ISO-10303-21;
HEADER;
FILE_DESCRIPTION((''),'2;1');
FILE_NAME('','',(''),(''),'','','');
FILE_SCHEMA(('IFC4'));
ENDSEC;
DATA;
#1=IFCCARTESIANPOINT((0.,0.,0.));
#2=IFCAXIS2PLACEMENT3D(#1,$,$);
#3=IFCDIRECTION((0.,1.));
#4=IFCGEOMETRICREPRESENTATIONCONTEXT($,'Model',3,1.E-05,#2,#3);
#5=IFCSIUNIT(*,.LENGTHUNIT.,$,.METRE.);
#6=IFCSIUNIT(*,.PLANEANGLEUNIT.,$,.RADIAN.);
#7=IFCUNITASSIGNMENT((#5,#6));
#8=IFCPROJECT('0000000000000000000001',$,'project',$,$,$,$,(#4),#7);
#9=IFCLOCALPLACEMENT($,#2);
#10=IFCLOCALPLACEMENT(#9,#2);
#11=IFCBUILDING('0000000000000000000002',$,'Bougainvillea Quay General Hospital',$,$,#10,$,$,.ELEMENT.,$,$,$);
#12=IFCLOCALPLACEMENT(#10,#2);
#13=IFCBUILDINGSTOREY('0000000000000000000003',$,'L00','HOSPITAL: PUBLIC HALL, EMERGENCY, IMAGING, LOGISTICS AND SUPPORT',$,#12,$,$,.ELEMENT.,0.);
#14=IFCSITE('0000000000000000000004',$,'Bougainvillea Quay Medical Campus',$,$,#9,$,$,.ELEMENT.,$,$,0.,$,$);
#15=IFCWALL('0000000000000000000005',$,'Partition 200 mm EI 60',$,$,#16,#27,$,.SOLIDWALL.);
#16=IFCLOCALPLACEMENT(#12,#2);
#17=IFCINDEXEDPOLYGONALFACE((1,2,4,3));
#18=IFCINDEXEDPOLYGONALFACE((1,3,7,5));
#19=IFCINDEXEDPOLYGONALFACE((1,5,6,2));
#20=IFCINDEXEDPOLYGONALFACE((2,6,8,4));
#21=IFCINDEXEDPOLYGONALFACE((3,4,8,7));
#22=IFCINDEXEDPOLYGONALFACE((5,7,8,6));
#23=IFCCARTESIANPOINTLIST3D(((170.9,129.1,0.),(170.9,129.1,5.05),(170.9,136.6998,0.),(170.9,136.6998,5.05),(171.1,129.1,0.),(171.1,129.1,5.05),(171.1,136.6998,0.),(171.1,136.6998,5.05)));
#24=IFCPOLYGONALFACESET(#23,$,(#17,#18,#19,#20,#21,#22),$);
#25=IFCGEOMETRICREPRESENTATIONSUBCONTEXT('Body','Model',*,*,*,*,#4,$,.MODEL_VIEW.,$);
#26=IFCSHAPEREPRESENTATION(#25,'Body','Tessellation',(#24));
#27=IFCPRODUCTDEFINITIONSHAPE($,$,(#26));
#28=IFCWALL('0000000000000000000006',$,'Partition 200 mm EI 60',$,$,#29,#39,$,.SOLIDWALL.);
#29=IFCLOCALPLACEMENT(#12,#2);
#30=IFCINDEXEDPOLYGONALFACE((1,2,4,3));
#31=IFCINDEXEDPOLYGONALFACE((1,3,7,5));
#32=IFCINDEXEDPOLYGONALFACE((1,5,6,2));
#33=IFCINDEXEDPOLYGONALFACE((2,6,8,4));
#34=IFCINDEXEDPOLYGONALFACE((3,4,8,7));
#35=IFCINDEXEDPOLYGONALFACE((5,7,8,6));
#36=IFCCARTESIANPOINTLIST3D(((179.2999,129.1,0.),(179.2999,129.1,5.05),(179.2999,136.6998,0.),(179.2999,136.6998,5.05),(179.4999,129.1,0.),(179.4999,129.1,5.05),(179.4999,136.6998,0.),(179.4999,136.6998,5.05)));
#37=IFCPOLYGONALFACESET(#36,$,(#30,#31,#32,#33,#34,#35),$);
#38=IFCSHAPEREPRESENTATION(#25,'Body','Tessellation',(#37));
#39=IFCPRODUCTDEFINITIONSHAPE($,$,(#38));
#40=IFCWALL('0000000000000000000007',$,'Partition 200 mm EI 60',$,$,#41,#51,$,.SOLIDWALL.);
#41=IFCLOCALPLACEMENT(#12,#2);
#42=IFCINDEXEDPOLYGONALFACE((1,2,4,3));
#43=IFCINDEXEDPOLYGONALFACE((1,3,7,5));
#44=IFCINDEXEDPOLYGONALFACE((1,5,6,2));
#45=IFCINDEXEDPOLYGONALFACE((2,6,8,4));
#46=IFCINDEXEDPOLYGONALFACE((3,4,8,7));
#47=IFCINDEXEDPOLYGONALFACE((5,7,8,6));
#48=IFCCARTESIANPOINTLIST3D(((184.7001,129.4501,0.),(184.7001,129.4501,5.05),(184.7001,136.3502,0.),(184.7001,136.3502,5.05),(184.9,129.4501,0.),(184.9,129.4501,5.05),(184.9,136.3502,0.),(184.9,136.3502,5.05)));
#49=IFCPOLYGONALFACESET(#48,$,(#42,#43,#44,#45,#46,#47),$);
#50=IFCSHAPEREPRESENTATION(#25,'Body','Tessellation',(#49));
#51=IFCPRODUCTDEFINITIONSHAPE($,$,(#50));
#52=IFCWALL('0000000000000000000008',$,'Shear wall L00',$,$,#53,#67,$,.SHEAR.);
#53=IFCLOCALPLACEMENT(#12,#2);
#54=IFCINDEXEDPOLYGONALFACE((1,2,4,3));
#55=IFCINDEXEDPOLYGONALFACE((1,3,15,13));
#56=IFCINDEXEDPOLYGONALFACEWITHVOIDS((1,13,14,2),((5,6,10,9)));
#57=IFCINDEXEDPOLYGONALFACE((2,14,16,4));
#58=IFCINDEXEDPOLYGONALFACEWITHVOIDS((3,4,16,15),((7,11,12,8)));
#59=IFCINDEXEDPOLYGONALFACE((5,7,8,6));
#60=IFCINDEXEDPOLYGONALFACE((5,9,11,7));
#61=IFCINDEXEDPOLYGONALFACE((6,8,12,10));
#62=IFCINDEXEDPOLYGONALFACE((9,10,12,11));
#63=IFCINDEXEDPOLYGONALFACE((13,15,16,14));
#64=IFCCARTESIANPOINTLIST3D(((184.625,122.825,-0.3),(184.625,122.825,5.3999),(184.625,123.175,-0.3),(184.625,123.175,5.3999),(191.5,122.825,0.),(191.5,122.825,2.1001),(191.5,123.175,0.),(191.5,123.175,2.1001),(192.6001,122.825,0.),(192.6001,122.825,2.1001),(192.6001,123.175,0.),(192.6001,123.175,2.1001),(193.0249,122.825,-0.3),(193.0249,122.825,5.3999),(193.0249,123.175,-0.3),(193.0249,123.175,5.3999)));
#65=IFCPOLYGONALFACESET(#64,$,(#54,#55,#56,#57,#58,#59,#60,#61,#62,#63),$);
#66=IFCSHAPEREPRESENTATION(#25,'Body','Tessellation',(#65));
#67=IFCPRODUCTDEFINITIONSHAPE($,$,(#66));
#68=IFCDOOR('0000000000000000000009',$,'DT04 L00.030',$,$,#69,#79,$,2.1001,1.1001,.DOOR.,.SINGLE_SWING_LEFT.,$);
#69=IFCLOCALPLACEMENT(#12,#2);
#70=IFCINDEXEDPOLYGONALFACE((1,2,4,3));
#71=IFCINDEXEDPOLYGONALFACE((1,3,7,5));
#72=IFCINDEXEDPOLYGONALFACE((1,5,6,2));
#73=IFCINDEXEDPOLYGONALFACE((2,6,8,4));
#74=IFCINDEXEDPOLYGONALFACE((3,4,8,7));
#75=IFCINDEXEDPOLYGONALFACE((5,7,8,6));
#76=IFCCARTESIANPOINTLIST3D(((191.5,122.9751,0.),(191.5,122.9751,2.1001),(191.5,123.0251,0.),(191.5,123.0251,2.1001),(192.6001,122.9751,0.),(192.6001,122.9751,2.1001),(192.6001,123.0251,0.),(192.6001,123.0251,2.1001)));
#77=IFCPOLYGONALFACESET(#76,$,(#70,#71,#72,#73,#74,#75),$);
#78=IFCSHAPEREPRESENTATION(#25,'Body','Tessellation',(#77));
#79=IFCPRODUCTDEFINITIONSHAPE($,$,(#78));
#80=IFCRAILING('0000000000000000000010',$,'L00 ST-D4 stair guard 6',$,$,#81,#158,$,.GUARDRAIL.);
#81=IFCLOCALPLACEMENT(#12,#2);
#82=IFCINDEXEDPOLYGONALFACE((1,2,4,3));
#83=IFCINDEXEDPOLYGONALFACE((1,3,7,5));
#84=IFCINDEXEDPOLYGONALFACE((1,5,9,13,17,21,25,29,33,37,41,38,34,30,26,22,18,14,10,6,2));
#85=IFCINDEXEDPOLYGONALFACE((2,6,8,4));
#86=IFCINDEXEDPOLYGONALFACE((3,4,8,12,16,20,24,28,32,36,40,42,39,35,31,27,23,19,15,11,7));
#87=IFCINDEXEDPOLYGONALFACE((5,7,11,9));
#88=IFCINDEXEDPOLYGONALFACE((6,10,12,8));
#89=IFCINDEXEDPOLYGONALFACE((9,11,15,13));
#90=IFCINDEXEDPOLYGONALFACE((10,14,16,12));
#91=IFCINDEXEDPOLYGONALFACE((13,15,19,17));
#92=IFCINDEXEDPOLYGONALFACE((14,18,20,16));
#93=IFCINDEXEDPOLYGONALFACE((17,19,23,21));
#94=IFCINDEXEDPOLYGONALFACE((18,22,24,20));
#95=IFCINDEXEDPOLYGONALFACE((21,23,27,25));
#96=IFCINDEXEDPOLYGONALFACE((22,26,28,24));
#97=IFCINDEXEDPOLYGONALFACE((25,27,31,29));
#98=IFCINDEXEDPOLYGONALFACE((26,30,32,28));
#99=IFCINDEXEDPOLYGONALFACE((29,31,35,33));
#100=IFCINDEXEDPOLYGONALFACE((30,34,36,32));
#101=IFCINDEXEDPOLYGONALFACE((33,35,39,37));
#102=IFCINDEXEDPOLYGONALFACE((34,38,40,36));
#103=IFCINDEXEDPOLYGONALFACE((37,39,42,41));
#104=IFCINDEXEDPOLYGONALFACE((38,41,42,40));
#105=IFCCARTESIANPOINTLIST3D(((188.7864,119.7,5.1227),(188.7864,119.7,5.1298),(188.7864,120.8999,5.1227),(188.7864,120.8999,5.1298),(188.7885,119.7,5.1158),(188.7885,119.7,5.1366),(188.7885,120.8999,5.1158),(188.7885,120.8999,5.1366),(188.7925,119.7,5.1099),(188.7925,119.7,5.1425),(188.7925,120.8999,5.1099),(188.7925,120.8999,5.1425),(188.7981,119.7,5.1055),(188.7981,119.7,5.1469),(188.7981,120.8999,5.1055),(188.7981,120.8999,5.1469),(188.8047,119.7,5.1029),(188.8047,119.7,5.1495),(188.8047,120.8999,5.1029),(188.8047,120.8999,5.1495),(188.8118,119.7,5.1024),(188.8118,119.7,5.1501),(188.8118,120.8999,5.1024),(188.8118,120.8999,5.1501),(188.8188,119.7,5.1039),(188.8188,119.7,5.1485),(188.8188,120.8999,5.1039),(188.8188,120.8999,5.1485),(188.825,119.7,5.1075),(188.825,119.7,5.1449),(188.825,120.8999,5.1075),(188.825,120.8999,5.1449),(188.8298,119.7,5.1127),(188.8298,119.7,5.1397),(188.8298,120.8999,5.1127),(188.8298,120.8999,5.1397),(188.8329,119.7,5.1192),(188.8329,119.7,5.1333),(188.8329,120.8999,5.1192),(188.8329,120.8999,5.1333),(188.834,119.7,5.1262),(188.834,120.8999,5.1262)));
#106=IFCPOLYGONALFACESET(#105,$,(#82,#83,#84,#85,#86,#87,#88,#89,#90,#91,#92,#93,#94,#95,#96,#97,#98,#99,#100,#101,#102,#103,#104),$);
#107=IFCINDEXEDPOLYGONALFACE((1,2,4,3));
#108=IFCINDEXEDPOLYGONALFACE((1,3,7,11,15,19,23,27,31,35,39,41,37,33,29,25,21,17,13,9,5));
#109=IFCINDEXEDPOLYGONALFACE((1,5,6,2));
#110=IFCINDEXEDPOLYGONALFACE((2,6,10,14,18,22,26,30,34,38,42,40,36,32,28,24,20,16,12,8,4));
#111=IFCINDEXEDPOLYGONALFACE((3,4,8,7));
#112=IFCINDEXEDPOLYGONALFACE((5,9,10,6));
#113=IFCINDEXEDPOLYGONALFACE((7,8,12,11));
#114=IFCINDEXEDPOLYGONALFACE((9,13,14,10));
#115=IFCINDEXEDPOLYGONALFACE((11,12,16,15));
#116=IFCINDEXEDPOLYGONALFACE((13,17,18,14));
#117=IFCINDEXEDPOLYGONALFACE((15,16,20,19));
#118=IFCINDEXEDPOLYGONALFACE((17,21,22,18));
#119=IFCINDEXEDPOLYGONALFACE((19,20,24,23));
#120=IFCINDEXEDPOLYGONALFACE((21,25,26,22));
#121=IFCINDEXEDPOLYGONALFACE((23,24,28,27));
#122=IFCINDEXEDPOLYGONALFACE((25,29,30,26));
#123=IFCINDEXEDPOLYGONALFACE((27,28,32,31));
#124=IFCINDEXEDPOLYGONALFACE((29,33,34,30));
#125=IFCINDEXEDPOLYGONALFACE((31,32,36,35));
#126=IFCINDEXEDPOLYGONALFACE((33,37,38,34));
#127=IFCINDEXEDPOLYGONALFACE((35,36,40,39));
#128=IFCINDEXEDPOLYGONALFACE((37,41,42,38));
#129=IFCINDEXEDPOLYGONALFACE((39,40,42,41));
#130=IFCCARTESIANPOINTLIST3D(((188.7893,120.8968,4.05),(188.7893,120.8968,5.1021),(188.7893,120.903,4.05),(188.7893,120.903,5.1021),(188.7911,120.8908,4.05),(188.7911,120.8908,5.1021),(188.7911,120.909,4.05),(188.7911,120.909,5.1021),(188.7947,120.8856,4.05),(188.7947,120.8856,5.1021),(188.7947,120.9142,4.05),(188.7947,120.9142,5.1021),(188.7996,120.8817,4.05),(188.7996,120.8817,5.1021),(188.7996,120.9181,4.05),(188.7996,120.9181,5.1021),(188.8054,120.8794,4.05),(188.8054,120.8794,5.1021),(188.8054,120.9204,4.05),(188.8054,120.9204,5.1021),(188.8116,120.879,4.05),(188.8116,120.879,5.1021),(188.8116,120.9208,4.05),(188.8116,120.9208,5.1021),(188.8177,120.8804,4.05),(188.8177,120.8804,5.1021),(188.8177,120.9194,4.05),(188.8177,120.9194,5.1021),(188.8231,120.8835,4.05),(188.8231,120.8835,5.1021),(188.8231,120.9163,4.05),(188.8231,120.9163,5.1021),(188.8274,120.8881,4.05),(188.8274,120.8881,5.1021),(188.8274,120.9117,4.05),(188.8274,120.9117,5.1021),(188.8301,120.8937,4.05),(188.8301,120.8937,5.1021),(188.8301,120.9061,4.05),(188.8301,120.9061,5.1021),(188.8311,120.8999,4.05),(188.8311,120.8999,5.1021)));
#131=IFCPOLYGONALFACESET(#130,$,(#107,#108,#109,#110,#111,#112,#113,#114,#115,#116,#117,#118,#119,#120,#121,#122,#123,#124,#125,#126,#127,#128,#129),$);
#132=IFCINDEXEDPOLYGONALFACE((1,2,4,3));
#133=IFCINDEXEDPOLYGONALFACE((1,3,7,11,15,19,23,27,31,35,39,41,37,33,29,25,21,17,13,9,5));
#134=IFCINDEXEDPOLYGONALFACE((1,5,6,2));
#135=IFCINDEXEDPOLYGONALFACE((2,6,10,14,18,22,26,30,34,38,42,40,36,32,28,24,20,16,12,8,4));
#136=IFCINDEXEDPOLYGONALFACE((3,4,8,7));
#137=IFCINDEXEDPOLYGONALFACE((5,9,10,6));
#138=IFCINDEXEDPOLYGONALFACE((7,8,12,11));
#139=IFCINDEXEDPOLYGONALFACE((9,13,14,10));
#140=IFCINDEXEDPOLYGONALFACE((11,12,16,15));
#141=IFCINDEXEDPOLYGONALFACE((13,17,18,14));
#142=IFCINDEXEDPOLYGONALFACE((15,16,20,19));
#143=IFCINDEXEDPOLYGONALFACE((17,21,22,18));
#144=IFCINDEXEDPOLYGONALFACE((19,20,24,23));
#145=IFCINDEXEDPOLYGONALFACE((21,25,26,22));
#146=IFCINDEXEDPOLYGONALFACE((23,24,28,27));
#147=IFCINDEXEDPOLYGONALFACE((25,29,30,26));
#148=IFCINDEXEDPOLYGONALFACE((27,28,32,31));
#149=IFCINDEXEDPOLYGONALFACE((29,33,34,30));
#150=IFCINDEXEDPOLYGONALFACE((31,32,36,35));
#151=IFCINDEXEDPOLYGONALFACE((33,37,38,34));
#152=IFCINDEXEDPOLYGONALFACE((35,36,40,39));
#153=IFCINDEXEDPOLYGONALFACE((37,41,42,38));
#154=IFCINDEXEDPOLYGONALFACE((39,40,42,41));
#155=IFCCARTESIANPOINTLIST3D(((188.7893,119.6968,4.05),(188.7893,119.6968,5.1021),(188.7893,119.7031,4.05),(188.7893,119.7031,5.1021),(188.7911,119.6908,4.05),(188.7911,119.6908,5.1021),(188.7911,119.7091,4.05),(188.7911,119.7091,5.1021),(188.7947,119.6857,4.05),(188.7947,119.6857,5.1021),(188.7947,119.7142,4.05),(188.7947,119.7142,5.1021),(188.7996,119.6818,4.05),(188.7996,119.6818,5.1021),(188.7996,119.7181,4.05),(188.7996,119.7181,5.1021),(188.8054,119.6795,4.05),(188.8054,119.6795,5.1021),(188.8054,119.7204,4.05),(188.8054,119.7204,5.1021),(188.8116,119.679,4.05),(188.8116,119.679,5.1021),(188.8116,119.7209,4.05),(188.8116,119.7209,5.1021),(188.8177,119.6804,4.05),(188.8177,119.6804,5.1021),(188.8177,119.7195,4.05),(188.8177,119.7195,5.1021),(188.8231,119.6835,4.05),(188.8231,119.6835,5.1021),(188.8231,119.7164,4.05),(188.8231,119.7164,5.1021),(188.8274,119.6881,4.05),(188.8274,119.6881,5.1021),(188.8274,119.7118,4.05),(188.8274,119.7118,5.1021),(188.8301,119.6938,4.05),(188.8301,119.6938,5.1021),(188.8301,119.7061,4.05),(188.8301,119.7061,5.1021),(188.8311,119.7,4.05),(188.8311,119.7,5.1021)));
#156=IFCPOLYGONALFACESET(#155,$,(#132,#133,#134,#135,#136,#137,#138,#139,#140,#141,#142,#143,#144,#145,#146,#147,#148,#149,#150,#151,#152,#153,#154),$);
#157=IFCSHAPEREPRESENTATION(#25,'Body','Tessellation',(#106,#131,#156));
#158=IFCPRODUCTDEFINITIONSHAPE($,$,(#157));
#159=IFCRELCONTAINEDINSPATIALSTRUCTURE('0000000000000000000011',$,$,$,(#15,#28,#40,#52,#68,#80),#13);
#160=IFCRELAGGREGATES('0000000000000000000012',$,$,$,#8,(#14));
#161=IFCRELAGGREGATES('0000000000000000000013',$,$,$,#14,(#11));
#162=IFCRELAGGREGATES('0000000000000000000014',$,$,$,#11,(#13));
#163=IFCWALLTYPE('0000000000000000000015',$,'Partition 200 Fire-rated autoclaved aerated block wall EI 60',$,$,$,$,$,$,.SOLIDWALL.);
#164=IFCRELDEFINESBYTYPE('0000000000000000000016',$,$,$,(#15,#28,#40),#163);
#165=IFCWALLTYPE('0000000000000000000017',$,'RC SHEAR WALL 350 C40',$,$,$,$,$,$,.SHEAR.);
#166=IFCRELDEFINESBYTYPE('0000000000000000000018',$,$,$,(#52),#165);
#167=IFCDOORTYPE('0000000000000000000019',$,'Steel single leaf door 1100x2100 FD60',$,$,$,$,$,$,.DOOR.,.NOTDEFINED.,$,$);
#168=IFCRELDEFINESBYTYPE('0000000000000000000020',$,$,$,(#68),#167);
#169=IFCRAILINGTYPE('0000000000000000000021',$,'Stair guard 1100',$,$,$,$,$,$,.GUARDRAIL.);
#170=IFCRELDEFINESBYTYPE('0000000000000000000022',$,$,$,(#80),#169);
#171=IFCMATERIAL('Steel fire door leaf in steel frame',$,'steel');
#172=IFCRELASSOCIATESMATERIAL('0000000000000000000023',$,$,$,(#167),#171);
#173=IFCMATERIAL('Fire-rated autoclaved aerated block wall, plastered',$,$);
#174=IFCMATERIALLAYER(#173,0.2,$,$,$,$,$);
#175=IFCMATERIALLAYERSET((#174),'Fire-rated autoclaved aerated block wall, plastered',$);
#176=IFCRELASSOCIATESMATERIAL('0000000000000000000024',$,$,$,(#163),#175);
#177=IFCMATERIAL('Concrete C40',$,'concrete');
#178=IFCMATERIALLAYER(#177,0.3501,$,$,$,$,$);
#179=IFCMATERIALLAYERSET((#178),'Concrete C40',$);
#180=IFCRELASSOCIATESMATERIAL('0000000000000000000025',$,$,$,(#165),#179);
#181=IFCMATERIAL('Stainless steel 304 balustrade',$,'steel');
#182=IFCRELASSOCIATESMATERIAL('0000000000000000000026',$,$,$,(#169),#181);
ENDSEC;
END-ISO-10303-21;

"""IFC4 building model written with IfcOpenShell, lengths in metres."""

from ifc_helpers import new_model, si_unit, direction, frame, frame_2d, origin, origin_2d, place, context, subcontext, project, spatial, rectangle, circle, extrude, material, layer, layer_set, type_object, element, fill, save


model = new_model("IFC4")

# Units and contexts
model_context = context("Model", 3, precision=1e-05, world=origin(), true_north=direction((0.0, 1.0)))
body_context = subcontext(model_context, "Body", "Model", "MODEL_VIEW")
ifc_project = project(units=[si_unit("LENGTHUNIT", "METRE"), si_unit("PLANEANGLEUNIT", "RADIAN")], contexts=[model_context])

# Site, building, storey
site_placement = place(None, origin())
site = spatial("IfcSite", under=ifc_project, at=site_placement, Name="Bougainvillea Quay Medical Campus", CompositionType="ELEMENT", RefElevation=0.0)
building_placement = place(site_placement, origin())
building = spatial("IfcBuilding", under=site, at=building_placement, Name="Bougainvillea Quay General Hospital", CompositionType="ELEMENT")
storey_placement = place(building_placement, origin())
storey = spatial("IfcBuildingStorey", under=building, at=storey_placement, Name="L00", Description="HOSPITAL: PUBLIC HALL, EMERGENCY, IMAGING, LOGISTICS AND SUPPORT", CompositionType="ELEMENT", Elevation=0.0)

# Shared definitions
ifc_material_1 = material(Name="Concrete C40", Category="concrete")

# Shared definitions
ifc_material_2 = material(Name="Fire-rated autoclaved aerated block wall, plastered")
ifc_material_3 = material(Name="Steel fire door leaf in steel frame", Category="steel")
door_type_1 = type_object("IfcDoorType", Name="Steel single leaf door 1100x2100 FD60", OperationType="NOTDEFINED", PredefinedType="DOOR", material=ifc_material_3)

# Shared definitions
ifc_layer_1 = layer(ifc_material_2, 0.2)
ifc_layer_set_1 = layer_set([ifc_layer_1], Name="Fire-rated autoclaved aerated block wall, plastered")
wall_type_1 = type_object("IfcWallType", Name="Partition 200 Fire-rated autoclaved aerated block wall EI 60", PredefinedType="SOLIDWALL", material=ifc_layer_set_1)

# Walls
for number, where, z_axis, x_axis, name in (
    (1, (171.0, 129.1001, 0.0), (0.0, 0.0, 1.0), (0.0, 1.0, 0.0), "Partition 200 mm EI 60"),
    (2, (179.3999, 129.1001, 0.0), (0.0, 0.0, 1.0), (0.0, 1.0, 0.0), "Partition 200 mm EI 60"),
):
    element("IfcWall", number, at=place(storey_placement, frame(where, z_axis=z_axis, x_axis=x_axis)), inside=storey, type_object=wall_type_1, Name=name, PredefinedType="SOLIDWALL", context=body_context, shape_type="SweptSolid", body=[
        extrude(rectangle(XDim=7.5999, YDim=0.2, at=frame_2d((3.7998, 0.0))), origin(), (0.0, 0.0, 1.0), 5.05),
    ])
wall_1_placement = place(storey_placement, frame((184.8, 129.45, 0.0), z_axis=(0.0, 0.0, 1.0), x_axis=(0.0, 1.0, 0.0)))
element("IfcWall", 3, at=wall_1_placement, inside=storey, type_object=wall_type_1, Name="Partition 200 mm EI 60", PredefinedType="SOLIDWALL", context=body_context, shape_type="SweptSolid", body=[
    extrude(rectangle(XDim=6.9001, YDim=0.2, at=frame_2d((3.4502, 0.0))), origin(), (0.0, 0.0, 1.0), 5.05),
])

# Wall, opening, door
ifc_layer_2 = layer(ifc_material_1, 0.3501)
ifc_layer_set_2 = layer_set([ifc_layer_2], Name="Concrete C40")
wall_type_2 = type_object("IfcWallType", Name="RC SHEAR WALL 350 C40", PredefinedType="SHEAR", material=ifc_layer_set_2)
wall_2_placement = place(storey_placement, frame((184.625, 123.0, -0.3), z_axis=(0.0, 0.0, 1.0), x_axis=(1.0, 0.0, 0.0)))
wall_2 = element("IfcWall", 4, at=wall_2_placement, inside=storey, type_object=wall_type_2, Name="Shear wall L00", PredefinedType="SHEAR", context=body_context, shape_type="SweptSolid", body=[
    extrude(rectangle(XDim=8.3999, YDim=0.3501, at=frame_2d((4.2, 0.0))), origin(), (0.0, 0.0, 1.0), 5.7),
])
opening_1_placement = place(wall_2_placement, frame((6.875, 0.0, 0.3)))
opening_1 = element("IfcOpeningElement", 5, at=opening_1_placement, cuts=wall_2, PredefinedType="OPENING", context=body_context, shape_type="SweptSolid", body=[
    extrude(rectangle(XDim=1.1001, YDim=2.1001, at=frame_2d((0.55, 1.05))), frame((0.0, 0.1851, 0.0), z_axis=(0.0, -1.0, 0.0), x_axis=(1.0, 0.0, 0.0)), (0.0, 0.0, 1.0), 0.3701),
])
door_1_placement = place(opening_1_placement, frame((1.1001, 0.0, 0.0), z_axis=(0.0, 0.0, 1.0), x_axis=(-1.0, 0.0, 0.0)))
door_1 = element("IfcDoor", 6, at=door_1_placement, inside=storey, type_object=door_type_1, Name="DT04 L00.030", OperationType="SINGLE_SWING_LEFT", OverallHeight=2.1001, OverallWidth=1.1001, PredefinedType="DOOR", context=body_context, shape_type="SweptSolid", body=[
    extrude(rectangle(XDim=1.1001, YDim=2.1001, at=frame_2d((0.55, 1.05))), frame((0.0, 0.0249, 0.0), z_axis=(0.0, -1.0, 0.0), x_axis=(1.0, 0.0, 0.0)), (0.0, 0.0, 1.0), 0.05),
])
fill(opening_1, door_1)

# Railing
ifc_material_4 = material(Name="Stainless steel 304 balustrade", Category="steel")
railing_type = type_object("IfcRailingType", Name="Stair guard 1100", PredefinedType="GUARDRAIL", material=ifc_material_4)
railing_placement = place(storey_placement, frame((188.8101, 120.8999, 4.05)))
element("IfcRailing", 7, at=railing_placement, inside=storey, type_object=railing_type, Name="L00 ST-D4 stair guard 6", PredefinedType="GUARDRAIL", context=body_context, shape_type="SweptSolid", body=[
    extrude(circle(Radius=0.0239, at=origin_2d()), frame((0.0, 0.0, 1.0762), z_axis=(0.0, -1.0, 0.0), x_axis=(1.0, 0.0, 0.0)), (0.0, 0.0, 1.0), 1.2),
    extrude(circle(Radius=0.021, at=origin_2d()), origin(), (0.0, 0.0, 1.0), 1.052),
    extrude(circle(Radius=0.021, at=origin_2d()), frame((0.0, -1.2, 0.0)), (0.0, 0.0, 1.0), 1.052),
])

save(model, "model.ifc")
